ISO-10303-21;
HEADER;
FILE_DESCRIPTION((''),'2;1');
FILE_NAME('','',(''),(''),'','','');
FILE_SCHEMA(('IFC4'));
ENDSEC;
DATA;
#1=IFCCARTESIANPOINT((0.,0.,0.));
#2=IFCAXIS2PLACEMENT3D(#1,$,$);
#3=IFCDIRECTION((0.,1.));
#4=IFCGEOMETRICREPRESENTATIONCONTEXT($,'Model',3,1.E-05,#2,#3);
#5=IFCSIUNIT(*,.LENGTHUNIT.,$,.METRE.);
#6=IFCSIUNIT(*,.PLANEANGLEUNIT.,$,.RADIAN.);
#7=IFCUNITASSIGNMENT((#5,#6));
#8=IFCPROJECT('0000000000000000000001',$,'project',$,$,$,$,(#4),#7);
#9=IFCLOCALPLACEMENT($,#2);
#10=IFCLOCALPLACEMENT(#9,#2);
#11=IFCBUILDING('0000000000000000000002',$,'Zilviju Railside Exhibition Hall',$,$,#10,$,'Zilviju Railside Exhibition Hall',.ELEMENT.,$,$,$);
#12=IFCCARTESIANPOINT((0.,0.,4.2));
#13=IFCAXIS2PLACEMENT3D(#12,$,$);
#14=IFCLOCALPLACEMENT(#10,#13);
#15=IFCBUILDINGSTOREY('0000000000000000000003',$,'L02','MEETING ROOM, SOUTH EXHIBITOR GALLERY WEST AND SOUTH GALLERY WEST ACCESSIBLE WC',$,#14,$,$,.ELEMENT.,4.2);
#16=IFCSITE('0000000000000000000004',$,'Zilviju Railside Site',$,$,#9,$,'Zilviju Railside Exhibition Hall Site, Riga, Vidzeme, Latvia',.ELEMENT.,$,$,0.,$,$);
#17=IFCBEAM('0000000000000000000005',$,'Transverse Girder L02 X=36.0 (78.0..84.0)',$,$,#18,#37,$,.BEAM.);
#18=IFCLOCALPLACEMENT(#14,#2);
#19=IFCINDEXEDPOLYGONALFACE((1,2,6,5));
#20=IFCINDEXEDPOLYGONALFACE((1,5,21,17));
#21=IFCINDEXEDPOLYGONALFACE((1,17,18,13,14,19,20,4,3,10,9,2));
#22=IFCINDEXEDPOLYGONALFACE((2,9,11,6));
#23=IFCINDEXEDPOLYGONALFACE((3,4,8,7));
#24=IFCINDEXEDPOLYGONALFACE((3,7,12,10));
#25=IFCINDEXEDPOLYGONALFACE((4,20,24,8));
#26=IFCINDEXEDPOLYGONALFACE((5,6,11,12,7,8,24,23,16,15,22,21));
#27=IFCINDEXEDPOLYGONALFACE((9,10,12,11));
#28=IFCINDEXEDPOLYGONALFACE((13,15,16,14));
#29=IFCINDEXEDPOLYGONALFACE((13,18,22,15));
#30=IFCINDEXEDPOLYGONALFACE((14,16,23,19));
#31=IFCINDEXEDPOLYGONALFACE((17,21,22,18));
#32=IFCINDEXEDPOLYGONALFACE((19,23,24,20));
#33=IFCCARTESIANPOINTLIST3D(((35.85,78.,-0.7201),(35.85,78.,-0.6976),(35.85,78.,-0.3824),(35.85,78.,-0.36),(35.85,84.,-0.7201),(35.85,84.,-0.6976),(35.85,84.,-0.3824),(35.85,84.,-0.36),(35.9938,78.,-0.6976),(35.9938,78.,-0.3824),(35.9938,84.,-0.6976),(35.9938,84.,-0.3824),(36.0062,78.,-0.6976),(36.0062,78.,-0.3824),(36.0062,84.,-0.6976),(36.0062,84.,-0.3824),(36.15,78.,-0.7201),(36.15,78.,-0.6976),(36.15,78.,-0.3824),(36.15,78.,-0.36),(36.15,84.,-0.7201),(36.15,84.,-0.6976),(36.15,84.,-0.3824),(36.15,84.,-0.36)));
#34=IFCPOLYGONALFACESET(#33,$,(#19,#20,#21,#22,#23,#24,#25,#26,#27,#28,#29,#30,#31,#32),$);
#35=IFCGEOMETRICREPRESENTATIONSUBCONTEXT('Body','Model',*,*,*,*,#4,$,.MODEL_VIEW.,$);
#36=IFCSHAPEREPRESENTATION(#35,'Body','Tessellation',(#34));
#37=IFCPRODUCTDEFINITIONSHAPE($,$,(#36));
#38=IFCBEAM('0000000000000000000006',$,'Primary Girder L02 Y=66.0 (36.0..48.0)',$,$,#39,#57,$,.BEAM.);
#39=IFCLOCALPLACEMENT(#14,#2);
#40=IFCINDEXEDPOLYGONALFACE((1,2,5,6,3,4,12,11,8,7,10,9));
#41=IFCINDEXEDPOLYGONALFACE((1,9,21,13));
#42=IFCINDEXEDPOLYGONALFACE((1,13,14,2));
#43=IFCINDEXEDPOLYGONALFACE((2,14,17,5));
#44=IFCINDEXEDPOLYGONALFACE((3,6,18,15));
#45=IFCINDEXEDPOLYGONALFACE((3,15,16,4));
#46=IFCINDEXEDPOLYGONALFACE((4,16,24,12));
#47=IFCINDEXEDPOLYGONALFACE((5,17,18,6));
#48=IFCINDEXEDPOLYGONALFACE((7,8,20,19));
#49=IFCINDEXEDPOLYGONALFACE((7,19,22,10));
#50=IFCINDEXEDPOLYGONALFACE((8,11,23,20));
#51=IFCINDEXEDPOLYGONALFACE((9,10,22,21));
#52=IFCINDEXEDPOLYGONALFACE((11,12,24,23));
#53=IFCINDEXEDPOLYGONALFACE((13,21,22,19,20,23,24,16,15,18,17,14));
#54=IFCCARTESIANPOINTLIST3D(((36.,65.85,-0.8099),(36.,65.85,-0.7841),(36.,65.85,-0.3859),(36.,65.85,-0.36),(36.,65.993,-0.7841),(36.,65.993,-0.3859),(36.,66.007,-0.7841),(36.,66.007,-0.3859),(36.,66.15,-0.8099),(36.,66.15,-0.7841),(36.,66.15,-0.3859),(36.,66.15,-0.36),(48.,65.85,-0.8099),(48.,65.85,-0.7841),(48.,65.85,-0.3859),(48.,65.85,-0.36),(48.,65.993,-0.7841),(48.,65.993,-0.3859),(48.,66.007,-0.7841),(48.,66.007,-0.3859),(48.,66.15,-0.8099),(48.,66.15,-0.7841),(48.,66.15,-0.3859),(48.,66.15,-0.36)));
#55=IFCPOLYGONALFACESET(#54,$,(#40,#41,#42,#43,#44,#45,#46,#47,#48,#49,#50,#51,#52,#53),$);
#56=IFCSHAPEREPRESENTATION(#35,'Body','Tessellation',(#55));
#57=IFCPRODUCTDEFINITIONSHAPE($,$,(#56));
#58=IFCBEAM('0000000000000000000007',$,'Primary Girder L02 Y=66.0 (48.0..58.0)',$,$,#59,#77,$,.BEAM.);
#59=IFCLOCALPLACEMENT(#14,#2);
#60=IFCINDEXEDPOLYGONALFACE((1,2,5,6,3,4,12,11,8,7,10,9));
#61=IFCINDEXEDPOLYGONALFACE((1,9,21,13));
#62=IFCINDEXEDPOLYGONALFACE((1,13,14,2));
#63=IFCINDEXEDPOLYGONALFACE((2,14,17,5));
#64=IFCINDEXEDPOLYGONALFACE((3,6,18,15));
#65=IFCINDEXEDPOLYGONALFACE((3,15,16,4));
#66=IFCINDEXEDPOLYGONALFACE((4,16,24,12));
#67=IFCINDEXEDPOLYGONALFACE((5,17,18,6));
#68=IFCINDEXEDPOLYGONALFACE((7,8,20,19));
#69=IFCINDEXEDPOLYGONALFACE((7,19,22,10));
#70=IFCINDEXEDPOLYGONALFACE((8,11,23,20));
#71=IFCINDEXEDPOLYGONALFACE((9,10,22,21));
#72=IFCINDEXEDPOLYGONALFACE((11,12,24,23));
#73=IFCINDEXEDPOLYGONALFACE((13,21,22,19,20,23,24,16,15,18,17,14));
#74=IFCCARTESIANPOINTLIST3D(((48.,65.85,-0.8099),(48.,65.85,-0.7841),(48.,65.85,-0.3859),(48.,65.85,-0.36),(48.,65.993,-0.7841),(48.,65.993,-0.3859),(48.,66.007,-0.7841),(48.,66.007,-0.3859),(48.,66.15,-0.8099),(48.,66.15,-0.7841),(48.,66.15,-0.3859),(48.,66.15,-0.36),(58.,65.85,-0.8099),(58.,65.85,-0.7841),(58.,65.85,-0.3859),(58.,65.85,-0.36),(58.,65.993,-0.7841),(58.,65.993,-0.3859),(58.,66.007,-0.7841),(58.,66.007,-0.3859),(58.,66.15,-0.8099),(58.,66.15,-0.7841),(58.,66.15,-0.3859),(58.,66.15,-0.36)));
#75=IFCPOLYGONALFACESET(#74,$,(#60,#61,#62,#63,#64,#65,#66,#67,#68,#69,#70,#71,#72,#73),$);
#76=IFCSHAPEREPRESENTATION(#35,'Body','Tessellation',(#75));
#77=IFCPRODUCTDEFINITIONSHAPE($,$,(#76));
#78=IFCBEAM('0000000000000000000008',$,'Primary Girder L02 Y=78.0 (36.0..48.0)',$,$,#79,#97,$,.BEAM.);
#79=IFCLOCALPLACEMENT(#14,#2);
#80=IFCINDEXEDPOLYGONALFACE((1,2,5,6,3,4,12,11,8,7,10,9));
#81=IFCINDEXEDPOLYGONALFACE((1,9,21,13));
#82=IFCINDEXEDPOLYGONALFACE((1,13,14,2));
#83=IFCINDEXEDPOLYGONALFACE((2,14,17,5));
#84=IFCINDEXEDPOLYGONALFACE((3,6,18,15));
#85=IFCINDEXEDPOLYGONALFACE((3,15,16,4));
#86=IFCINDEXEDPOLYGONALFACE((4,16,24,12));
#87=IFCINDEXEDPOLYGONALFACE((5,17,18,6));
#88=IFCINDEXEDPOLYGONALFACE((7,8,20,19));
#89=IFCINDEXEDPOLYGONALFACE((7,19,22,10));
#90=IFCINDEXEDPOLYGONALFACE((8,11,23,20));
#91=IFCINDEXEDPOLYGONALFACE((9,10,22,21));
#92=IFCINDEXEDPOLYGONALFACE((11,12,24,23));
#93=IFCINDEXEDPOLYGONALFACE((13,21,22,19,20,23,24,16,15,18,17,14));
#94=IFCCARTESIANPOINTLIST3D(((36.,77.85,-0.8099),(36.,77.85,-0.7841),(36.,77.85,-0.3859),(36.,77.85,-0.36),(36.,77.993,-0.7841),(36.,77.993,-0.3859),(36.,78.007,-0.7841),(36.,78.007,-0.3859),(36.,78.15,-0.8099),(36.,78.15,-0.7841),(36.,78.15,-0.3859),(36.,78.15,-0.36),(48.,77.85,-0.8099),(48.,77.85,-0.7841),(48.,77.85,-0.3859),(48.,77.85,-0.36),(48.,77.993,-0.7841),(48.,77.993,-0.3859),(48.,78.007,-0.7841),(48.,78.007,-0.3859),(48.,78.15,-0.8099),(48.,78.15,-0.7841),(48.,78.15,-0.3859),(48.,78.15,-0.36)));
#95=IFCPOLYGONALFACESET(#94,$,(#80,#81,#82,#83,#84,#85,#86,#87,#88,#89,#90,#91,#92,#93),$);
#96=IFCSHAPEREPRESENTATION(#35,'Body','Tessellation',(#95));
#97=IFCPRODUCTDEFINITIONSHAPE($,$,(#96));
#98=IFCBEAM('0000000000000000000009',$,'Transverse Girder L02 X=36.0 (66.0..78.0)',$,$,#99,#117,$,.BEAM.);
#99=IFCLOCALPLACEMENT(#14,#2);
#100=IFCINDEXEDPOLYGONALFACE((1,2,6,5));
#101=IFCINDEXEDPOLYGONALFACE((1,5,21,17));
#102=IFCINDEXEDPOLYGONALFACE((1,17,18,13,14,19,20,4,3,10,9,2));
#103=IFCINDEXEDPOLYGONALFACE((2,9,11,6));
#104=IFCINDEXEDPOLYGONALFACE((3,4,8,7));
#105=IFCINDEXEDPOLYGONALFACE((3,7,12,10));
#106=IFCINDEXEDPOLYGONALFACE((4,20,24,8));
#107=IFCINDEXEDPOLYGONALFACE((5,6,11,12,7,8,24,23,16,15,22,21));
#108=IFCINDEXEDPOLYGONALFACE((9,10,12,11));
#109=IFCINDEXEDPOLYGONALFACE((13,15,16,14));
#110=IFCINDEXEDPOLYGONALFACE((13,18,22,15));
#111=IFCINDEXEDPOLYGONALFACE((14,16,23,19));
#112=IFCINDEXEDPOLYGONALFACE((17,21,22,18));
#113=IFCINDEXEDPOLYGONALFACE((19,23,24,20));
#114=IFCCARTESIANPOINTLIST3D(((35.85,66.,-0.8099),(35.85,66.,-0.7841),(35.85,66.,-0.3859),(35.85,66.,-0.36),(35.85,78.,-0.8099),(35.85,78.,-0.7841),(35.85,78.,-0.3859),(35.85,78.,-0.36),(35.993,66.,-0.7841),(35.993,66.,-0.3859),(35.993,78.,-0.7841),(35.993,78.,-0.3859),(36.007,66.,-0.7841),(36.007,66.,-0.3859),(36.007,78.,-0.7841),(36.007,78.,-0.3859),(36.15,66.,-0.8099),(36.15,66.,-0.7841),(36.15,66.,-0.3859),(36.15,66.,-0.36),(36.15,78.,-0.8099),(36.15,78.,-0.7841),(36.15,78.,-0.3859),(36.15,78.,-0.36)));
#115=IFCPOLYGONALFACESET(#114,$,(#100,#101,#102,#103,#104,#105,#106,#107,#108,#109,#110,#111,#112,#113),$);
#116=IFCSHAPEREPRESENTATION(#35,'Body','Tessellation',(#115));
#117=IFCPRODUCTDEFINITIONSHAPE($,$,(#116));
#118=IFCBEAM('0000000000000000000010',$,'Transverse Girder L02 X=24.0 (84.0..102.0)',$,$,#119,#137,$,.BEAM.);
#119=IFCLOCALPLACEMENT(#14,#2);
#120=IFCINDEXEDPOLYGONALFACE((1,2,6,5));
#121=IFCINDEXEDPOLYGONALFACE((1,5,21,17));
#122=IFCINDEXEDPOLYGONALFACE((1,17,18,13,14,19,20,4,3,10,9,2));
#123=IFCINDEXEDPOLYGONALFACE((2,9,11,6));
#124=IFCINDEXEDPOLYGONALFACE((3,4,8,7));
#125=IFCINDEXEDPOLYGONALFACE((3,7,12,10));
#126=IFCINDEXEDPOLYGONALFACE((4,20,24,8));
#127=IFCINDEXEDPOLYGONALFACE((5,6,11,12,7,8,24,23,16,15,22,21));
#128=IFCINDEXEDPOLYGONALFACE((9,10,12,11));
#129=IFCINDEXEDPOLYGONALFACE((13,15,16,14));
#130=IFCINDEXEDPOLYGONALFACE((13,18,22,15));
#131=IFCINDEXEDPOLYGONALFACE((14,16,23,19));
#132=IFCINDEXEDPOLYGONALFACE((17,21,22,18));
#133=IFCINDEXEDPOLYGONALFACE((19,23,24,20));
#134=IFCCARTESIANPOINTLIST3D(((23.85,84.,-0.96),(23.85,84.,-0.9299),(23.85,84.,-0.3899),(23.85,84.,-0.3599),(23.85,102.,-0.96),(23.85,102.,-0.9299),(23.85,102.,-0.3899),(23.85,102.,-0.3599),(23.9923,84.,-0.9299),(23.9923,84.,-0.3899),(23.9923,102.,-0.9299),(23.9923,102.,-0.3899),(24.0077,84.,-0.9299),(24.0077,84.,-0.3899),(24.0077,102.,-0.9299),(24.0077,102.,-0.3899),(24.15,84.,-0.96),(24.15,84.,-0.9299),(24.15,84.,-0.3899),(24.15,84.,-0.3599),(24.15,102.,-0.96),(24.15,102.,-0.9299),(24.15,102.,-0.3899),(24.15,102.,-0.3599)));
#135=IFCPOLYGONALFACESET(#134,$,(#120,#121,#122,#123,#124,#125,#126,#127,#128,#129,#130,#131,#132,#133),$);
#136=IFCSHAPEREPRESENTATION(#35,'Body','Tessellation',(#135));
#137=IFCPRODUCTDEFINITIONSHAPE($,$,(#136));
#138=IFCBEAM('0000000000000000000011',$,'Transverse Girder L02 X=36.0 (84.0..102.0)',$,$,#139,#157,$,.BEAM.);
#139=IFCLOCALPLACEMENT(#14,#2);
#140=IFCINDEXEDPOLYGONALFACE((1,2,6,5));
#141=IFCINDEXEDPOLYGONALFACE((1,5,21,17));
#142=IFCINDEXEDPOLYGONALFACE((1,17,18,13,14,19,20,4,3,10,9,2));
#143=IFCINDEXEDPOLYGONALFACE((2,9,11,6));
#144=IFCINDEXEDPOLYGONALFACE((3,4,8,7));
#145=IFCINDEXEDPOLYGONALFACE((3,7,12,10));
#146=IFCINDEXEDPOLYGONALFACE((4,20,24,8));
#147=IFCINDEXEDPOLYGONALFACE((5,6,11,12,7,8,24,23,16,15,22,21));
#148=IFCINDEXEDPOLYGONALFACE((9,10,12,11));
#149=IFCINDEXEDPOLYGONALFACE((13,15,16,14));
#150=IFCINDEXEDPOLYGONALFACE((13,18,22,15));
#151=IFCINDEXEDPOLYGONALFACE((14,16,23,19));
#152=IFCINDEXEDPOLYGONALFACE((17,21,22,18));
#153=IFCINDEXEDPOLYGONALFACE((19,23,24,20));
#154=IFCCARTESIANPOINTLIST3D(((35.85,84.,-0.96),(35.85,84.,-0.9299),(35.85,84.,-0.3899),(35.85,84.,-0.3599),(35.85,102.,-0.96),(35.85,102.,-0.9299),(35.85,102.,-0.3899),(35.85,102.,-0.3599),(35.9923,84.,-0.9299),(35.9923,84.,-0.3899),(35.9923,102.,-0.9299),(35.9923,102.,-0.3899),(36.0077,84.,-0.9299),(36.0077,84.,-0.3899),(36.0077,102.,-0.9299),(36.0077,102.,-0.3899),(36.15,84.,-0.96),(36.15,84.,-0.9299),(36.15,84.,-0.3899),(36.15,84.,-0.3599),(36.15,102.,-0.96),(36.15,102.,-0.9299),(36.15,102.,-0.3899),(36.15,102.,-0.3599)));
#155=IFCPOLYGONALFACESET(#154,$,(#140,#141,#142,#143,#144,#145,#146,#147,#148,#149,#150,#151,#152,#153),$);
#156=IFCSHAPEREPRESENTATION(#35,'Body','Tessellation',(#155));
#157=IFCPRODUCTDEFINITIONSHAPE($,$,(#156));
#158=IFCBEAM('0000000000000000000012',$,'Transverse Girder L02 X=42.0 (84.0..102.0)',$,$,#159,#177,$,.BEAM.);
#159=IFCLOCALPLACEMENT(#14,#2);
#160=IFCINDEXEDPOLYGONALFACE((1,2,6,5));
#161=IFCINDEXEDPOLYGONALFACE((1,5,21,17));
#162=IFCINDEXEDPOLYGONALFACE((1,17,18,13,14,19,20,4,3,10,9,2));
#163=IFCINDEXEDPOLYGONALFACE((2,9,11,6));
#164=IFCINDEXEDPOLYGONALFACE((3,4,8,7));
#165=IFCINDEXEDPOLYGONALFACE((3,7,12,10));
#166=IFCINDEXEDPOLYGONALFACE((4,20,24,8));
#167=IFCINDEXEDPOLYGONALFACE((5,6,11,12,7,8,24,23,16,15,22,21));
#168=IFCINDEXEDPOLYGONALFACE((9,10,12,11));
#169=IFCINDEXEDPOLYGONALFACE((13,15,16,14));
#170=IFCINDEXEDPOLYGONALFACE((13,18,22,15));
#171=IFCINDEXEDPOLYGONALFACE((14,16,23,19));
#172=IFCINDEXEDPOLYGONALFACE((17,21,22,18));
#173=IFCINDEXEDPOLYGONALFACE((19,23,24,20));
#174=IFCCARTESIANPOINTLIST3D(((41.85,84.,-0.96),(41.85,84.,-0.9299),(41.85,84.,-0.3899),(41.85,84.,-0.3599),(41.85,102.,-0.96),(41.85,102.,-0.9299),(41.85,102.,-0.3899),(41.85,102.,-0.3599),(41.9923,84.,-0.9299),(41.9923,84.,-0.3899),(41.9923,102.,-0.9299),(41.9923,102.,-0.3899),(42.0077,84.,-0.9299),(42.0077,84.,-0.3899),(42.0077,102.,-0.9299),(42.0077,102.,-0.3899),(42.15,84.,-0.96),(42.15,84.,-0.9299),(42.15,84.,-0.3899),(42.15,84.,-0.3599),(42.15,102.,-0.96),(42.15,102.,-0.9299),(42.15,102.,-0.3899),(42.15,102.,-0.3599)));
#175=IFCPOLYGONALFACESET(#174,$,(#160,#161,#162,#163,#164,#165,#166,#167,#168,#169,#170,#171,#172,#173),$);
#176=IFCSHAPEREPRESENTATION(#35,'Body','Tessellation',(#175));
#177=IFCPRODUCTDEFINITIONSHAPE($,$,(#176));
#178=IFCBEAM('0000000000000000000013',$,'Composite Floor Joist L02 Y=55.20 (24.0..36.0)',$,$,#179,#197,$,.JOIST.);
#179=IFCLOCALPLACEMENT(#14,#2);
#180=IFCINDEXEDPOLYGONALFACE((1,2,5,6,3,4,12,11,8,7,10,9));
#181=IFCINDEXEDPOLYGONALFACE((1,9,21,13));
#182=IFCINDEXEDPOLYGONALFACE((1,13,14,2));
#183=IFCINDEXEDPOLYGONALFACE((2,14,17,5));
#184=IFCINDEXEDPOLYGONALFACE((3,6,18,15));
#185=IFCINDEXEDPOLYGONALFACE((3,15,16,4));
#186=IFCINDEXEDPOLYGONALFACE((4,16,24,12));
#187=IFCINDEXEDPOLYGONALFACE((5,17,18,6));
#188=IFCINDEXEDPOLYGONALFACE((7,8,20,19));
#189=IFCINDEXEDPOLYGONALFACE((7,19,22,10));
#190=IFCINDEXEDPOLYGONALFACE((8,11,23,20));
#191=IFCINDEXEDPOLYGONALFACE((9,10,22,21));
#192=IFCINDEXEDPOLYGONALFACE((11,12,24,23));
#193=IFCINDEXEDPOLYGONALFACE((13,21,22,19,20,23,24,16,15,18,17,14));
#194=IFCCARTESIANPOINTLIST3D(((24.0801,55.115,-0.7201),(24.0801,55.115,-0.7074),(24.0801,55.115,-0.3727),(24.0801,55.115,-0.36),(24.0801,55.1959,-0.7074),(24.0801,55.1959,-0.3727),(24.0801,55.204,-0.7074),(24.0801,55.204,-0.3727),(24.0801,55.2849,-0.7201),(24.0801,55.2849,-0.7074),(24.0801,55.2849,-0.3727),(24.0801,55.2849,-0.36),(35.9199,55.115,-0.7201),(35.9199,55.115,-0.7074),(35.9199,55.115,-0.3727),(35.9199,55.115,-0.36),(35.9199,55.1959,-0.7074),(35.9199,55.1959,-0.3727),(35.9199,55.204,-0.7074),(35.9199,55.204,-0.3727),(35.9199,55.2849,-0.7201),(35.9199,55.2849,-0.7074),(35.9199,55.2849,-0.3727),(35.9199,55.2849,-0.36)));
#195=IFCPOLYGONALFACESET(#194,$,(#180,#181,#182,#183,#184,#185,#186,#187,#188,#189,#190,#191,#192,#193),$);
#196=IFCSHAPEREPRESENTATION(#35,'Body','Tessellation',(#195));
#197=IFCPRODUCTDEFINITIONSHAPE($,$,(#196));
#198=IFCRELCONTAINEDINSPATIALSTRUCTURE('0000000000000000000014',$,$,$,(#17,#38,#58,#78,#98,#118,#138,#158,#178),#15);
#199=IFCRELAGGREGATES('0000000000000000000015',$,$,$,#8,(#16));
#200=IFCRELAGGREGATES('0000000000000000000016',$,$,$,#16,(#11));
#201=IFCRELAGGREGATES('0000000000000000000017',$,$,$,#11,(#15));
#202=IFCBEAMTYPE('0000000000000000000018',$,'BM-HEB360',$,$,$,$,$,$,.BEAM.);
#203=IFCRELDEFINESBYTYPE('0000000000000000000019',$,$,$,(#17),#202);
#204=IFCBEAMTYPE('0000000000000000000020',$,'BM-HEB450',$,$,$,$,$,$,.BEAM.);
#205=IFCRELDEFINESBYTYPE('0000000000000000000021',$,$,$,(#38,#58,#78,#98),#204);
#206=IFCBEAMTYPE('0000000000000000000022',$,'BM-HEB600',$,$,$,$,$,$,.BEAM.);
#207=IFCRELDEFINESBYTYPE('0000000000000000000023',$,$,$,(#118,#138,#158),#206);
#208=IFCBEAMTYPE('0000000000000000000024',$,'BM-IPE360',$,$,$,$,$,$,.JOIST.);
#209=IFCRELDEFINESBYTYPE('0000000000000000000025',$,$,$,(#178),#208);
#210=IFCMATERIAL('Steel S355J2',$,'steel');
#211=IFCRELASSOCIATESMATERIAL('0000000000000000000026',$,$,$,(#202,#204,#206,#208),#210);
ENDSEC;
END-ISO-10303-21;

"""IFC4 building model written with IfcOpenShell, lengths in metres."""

from ifc_helpers import new_model, si_unit, direction, frame, origin, origin_2d, place, context, subcontext, project, spatial, i_section, extrude, material, material_profile, profile_set, type_object, element, save


model = new_model("IFC4")

# Units and contexts
model_context = context("Model", 3, precision=1e-05, world=origin(), true_north=direction((0.0, 1.0)))
body_context = subcontext(model_context, "Body", "Model", "MODEL_VIEW")
ifc_project = project(units=[si_unit("LENGTHUNIT", "METRE"), si_unit("PLANEANGLEUNIT", "RADIAN")], contexts=[model_context])

# Site, building, storey
site_placement = place(None, origin())
site = spatial("IfcSite", under=ifc_project, at=site_placement, Name="Zilviju Railside Site", LongName="Zilviju Railside Exhibition Hall Site, Riga, Vidzeme, Latvia", CompositionType="ELEMENT", RefElevation=0.0)
building_placement = place(site_placement, origin())
building = spatial("IfcBuilding", under=site, at=building_placement, Name="Zilviju Railside Exhibition Hall", LongName="Zilviju Railside Exhibition Hall", CompositionType="ELEMENT")
storey_placement = place(building_placement, frame((0.0, 0.0, 4.2)))
storey = spatial("IfcBuildingStorey", under=building, at=storey_placement, Name="L02", Description="MEETING ROOM, SOUTH EXHIBITOR GALLERY WEST AND SOUTH GALLERY WEST ACCESSIBLE WC", CompositionType="ELEMENT", Elevation=4.2)

# Shared definitions
ifc_material_1 = material(Name="Steel S355J2", Category="steel")

# Beams
ifc_material_profile_1 = material_profile(ifc_material_1, i_section(OverallWidth=0.3, OverallDepth=0.3601, WebThickness=0.0125, FlangeThickness=0.0225, at=origin_2d()), Name="HEB 360")
ifc_profile_set_1 = profile_set([ifc_material_profile_1], Name="Steel S355J2")
beam_type_1 = type_object("IfcBeamType", Name="BM-HEB360", PredefinedType="BEAM", material=ifc_profile_set_1)
for number, where, z_axis, x_axis, name in (
    (1, (36.0, 78.0, -0.54), (0.0, 1.0, 0.0), (-1.0, 0.0, 0.0), "Transverse Girder L02 X=36.0 (78.0..84.0)"),
):
    element("IfcBeam", number, at=place(storey_placement, frame(where, z_axis=z_axis, x_axis=x_axis)), inside=storey, type_object=beam_type_1, Name=name, PredefinedType="BEAM", context=body_context, shape_type="SweptSolid", body=[
        extrude(i_section(OverallWidth=0.3, OverallDepth=0.3601, WebThickness=0.0125, FlangeThickness=0.0225, at=origin_2d()), origin(), (0.0, 0.0, 1.0), 6.0),
    ])
ifc_material_profile_2 = material_profile(ifc_material_1, i_section(OverallWidth=0.3, OverallDepth=0.45, WebThickness=0.0139, FlangeThickness=0.0259, at=origin_2d()), Name="HEB 450")
ifc_profile_set_2 = profile_set([ifc_material_profile_2], Name="Steel S355J2")
beam_type_2 = type_object("IfcBeamType", Name="BM-HEB450", PredefinedType="BEAM", material=ifc_profile_set_2)
beam_1_placement = place(storey_placement, frame((36.0, 66.0, -0.585), z_axis=(1.0, 0.0, 0.0), x_axis=(0.0, 1.0, 0.0)))
element("IfcBeam", 2, at=beam_1_placement, inside=storey, type_object=beam_type_2, Name="Primary Girder L02 Y=66.0 (36.0..48.0)", PredefinedType="BEAM", context=body_context, shape_type="SweptSolid", body=[
    extrude(i_section(OverallWidth=0.3, OverallDepth=0.45, WebThickness=0.0139, FlangeThickness=0.0259, at=origin_2d()), origin(), (0.0, 0.0, 1.0), 12.0),
])
beam_2_placement = place(storey_placement, frame((48.0, 66.0, -0.585), z_axis=(1.0, 0.0, 0.0), x_axis=(0.0, 1.0, 0.0)))
element("IfcBeam", 3, at=beam_2_placement, inside=storey, type_object=beam_type_2, Name="Primary Girder L02 Y=66.0 (48.0..58.0)", PredefinedType="BEAM", context=body_context, shape_type="SweptSolid", body=[
    extrude(i_section(OverallWidth=0.3, OverallDepth=0.45, WebThickness=0.0139, FlangeThickness=0.0259, at=origin_2d()), origin(), (0.0, 0.0, 1.0), 10.0),
])
for number, where, z_axis, x_axis, name in (
    (4, (36.0, 78.0, -0.585), (1.0, 0.0, 0.0), (0.0, 1.0, 0.0), "Primary Girder L02 Y=78.0 (36.0..48.0)"),
    (5, (36.0, 66.0, -0.585), (0.0, 1.0, 0.0), (-1.0, 0.0, 0.0), "Transverse Girder L02 X=36.0 (66.0..78.0)"),
):
    element("IfcBeam", number, at=place(storey_placement, frame(where, z_axis=z_axis, x_axis=x_axis)), inside=storey, type_object=beam_type_2, Name=name, PredefinedType="BEAM", context=body_context, shape_type="SweptSolid", body=[
        extrude(i_section(OverallWidth=0.3, OverallDepth=0.45, WebThickness=0.0139, FlangeThickness=0.0259, at=origin_2d()), origin(), (0.0, 0.0, 1.0), 12.0),
    ])
ifc_material_profile_3 = material_profile(ifc_material_1, i_section(OverallWidth=0.3, OverallDepth=0.6001, WebThickness=0.0154, FlangeThickness=0.03, at=origin_2d()), Name="HEB 600")
ifc_profile_set_3 = profile_set([ifc_material_profile_3], Name="Steel S355J2")
beam_type_3 = type_object("IfcBeamType", Name="BM-HEB600", PredefinedType="BEAM", material=ifc_profile_set_3)
for number, where, z_axis, x_axis, name in (
    (6, (24.0, 84.0, -0.6599), (0.0, 1.0, 0.0), (-1.0, 0.0, 0.0), "Transverse Girder L02 X=24.0 (84.0..102.0)"),
    (7, (36.0, 84.0, -0.6599), (0.0, 1.0, 0.0), (-1.0, 0.0, 0.0), "Transverse Girder L02 X=36.0 (84.0..102.0)"),
    (8, (42.0, 84.0, -0.6599), (0.0, 1.0, 0.0), (-1.0, 0.0, 0.0), "Transverse Girder L02 X=42.0 (84.0..102.0)"),
):
    element("IfcBeam", number, at=place(storey_placement, frame(where, z_axis=z_axis, x_axis=x_axis)), inside=storey, type_object=beam_type_3, Name=name, PredefinedType="BEAM", context=body_context, shape_type="SweptSolid", body=[
        extrude(i_section(OverallWidth=0.3, OverallDepth=0.6001, WebThickness=0.0154, FlangeThickness=0.03, at=origin_2d()), origin(), (0.0, 0.0, 1.0), 18.0),
    ])
ifc_material_profile_4 = material_profile(ifc_material_1, i_section(OverallWidth=0.1699, OverallDepth=0.3601, WebThickness=0.0081, FlangeThickness=0.0127, at=origin_2d()), Name="IPE 360")
ifc_profile_set_4 = profile_set([ifc_material_profile_4], Name="Steel S355J2")
beam_type_4 = type_object("IfcBeamType", Name="BM-IPE360", PredefinedType="JOIST", material=ifc_profile_set_4)
for number, where, z_axis, x_axis, name in (
    (9, (24.0801, 55.2, -0.54), (1.0, 0.0, 0.0), (0.0, 1.0, 0.0), "Composite Floor Joist L02 Y=55.20 (24.0..36.0)"),
):
    element("IfcBeam", number, at=place(storey_placement, frame(where, z_axis=z_axis, x_axis=x_axis)), inside=storey, type_object=beam_type_4, Name=name, PredefinedType="JOIST", context=body_context, shape_type="SweptSolid", body=[
        extrude(i_section(OverallWidth=0.1699, OverallDepth=0.3601, WebThickness=0.0081, FlangeThickness=0.0127, at=origin_2d()), origin(), (0.0, 0.0, 1.0), 11.8398),
    ])

save(model, "model.ifc")
